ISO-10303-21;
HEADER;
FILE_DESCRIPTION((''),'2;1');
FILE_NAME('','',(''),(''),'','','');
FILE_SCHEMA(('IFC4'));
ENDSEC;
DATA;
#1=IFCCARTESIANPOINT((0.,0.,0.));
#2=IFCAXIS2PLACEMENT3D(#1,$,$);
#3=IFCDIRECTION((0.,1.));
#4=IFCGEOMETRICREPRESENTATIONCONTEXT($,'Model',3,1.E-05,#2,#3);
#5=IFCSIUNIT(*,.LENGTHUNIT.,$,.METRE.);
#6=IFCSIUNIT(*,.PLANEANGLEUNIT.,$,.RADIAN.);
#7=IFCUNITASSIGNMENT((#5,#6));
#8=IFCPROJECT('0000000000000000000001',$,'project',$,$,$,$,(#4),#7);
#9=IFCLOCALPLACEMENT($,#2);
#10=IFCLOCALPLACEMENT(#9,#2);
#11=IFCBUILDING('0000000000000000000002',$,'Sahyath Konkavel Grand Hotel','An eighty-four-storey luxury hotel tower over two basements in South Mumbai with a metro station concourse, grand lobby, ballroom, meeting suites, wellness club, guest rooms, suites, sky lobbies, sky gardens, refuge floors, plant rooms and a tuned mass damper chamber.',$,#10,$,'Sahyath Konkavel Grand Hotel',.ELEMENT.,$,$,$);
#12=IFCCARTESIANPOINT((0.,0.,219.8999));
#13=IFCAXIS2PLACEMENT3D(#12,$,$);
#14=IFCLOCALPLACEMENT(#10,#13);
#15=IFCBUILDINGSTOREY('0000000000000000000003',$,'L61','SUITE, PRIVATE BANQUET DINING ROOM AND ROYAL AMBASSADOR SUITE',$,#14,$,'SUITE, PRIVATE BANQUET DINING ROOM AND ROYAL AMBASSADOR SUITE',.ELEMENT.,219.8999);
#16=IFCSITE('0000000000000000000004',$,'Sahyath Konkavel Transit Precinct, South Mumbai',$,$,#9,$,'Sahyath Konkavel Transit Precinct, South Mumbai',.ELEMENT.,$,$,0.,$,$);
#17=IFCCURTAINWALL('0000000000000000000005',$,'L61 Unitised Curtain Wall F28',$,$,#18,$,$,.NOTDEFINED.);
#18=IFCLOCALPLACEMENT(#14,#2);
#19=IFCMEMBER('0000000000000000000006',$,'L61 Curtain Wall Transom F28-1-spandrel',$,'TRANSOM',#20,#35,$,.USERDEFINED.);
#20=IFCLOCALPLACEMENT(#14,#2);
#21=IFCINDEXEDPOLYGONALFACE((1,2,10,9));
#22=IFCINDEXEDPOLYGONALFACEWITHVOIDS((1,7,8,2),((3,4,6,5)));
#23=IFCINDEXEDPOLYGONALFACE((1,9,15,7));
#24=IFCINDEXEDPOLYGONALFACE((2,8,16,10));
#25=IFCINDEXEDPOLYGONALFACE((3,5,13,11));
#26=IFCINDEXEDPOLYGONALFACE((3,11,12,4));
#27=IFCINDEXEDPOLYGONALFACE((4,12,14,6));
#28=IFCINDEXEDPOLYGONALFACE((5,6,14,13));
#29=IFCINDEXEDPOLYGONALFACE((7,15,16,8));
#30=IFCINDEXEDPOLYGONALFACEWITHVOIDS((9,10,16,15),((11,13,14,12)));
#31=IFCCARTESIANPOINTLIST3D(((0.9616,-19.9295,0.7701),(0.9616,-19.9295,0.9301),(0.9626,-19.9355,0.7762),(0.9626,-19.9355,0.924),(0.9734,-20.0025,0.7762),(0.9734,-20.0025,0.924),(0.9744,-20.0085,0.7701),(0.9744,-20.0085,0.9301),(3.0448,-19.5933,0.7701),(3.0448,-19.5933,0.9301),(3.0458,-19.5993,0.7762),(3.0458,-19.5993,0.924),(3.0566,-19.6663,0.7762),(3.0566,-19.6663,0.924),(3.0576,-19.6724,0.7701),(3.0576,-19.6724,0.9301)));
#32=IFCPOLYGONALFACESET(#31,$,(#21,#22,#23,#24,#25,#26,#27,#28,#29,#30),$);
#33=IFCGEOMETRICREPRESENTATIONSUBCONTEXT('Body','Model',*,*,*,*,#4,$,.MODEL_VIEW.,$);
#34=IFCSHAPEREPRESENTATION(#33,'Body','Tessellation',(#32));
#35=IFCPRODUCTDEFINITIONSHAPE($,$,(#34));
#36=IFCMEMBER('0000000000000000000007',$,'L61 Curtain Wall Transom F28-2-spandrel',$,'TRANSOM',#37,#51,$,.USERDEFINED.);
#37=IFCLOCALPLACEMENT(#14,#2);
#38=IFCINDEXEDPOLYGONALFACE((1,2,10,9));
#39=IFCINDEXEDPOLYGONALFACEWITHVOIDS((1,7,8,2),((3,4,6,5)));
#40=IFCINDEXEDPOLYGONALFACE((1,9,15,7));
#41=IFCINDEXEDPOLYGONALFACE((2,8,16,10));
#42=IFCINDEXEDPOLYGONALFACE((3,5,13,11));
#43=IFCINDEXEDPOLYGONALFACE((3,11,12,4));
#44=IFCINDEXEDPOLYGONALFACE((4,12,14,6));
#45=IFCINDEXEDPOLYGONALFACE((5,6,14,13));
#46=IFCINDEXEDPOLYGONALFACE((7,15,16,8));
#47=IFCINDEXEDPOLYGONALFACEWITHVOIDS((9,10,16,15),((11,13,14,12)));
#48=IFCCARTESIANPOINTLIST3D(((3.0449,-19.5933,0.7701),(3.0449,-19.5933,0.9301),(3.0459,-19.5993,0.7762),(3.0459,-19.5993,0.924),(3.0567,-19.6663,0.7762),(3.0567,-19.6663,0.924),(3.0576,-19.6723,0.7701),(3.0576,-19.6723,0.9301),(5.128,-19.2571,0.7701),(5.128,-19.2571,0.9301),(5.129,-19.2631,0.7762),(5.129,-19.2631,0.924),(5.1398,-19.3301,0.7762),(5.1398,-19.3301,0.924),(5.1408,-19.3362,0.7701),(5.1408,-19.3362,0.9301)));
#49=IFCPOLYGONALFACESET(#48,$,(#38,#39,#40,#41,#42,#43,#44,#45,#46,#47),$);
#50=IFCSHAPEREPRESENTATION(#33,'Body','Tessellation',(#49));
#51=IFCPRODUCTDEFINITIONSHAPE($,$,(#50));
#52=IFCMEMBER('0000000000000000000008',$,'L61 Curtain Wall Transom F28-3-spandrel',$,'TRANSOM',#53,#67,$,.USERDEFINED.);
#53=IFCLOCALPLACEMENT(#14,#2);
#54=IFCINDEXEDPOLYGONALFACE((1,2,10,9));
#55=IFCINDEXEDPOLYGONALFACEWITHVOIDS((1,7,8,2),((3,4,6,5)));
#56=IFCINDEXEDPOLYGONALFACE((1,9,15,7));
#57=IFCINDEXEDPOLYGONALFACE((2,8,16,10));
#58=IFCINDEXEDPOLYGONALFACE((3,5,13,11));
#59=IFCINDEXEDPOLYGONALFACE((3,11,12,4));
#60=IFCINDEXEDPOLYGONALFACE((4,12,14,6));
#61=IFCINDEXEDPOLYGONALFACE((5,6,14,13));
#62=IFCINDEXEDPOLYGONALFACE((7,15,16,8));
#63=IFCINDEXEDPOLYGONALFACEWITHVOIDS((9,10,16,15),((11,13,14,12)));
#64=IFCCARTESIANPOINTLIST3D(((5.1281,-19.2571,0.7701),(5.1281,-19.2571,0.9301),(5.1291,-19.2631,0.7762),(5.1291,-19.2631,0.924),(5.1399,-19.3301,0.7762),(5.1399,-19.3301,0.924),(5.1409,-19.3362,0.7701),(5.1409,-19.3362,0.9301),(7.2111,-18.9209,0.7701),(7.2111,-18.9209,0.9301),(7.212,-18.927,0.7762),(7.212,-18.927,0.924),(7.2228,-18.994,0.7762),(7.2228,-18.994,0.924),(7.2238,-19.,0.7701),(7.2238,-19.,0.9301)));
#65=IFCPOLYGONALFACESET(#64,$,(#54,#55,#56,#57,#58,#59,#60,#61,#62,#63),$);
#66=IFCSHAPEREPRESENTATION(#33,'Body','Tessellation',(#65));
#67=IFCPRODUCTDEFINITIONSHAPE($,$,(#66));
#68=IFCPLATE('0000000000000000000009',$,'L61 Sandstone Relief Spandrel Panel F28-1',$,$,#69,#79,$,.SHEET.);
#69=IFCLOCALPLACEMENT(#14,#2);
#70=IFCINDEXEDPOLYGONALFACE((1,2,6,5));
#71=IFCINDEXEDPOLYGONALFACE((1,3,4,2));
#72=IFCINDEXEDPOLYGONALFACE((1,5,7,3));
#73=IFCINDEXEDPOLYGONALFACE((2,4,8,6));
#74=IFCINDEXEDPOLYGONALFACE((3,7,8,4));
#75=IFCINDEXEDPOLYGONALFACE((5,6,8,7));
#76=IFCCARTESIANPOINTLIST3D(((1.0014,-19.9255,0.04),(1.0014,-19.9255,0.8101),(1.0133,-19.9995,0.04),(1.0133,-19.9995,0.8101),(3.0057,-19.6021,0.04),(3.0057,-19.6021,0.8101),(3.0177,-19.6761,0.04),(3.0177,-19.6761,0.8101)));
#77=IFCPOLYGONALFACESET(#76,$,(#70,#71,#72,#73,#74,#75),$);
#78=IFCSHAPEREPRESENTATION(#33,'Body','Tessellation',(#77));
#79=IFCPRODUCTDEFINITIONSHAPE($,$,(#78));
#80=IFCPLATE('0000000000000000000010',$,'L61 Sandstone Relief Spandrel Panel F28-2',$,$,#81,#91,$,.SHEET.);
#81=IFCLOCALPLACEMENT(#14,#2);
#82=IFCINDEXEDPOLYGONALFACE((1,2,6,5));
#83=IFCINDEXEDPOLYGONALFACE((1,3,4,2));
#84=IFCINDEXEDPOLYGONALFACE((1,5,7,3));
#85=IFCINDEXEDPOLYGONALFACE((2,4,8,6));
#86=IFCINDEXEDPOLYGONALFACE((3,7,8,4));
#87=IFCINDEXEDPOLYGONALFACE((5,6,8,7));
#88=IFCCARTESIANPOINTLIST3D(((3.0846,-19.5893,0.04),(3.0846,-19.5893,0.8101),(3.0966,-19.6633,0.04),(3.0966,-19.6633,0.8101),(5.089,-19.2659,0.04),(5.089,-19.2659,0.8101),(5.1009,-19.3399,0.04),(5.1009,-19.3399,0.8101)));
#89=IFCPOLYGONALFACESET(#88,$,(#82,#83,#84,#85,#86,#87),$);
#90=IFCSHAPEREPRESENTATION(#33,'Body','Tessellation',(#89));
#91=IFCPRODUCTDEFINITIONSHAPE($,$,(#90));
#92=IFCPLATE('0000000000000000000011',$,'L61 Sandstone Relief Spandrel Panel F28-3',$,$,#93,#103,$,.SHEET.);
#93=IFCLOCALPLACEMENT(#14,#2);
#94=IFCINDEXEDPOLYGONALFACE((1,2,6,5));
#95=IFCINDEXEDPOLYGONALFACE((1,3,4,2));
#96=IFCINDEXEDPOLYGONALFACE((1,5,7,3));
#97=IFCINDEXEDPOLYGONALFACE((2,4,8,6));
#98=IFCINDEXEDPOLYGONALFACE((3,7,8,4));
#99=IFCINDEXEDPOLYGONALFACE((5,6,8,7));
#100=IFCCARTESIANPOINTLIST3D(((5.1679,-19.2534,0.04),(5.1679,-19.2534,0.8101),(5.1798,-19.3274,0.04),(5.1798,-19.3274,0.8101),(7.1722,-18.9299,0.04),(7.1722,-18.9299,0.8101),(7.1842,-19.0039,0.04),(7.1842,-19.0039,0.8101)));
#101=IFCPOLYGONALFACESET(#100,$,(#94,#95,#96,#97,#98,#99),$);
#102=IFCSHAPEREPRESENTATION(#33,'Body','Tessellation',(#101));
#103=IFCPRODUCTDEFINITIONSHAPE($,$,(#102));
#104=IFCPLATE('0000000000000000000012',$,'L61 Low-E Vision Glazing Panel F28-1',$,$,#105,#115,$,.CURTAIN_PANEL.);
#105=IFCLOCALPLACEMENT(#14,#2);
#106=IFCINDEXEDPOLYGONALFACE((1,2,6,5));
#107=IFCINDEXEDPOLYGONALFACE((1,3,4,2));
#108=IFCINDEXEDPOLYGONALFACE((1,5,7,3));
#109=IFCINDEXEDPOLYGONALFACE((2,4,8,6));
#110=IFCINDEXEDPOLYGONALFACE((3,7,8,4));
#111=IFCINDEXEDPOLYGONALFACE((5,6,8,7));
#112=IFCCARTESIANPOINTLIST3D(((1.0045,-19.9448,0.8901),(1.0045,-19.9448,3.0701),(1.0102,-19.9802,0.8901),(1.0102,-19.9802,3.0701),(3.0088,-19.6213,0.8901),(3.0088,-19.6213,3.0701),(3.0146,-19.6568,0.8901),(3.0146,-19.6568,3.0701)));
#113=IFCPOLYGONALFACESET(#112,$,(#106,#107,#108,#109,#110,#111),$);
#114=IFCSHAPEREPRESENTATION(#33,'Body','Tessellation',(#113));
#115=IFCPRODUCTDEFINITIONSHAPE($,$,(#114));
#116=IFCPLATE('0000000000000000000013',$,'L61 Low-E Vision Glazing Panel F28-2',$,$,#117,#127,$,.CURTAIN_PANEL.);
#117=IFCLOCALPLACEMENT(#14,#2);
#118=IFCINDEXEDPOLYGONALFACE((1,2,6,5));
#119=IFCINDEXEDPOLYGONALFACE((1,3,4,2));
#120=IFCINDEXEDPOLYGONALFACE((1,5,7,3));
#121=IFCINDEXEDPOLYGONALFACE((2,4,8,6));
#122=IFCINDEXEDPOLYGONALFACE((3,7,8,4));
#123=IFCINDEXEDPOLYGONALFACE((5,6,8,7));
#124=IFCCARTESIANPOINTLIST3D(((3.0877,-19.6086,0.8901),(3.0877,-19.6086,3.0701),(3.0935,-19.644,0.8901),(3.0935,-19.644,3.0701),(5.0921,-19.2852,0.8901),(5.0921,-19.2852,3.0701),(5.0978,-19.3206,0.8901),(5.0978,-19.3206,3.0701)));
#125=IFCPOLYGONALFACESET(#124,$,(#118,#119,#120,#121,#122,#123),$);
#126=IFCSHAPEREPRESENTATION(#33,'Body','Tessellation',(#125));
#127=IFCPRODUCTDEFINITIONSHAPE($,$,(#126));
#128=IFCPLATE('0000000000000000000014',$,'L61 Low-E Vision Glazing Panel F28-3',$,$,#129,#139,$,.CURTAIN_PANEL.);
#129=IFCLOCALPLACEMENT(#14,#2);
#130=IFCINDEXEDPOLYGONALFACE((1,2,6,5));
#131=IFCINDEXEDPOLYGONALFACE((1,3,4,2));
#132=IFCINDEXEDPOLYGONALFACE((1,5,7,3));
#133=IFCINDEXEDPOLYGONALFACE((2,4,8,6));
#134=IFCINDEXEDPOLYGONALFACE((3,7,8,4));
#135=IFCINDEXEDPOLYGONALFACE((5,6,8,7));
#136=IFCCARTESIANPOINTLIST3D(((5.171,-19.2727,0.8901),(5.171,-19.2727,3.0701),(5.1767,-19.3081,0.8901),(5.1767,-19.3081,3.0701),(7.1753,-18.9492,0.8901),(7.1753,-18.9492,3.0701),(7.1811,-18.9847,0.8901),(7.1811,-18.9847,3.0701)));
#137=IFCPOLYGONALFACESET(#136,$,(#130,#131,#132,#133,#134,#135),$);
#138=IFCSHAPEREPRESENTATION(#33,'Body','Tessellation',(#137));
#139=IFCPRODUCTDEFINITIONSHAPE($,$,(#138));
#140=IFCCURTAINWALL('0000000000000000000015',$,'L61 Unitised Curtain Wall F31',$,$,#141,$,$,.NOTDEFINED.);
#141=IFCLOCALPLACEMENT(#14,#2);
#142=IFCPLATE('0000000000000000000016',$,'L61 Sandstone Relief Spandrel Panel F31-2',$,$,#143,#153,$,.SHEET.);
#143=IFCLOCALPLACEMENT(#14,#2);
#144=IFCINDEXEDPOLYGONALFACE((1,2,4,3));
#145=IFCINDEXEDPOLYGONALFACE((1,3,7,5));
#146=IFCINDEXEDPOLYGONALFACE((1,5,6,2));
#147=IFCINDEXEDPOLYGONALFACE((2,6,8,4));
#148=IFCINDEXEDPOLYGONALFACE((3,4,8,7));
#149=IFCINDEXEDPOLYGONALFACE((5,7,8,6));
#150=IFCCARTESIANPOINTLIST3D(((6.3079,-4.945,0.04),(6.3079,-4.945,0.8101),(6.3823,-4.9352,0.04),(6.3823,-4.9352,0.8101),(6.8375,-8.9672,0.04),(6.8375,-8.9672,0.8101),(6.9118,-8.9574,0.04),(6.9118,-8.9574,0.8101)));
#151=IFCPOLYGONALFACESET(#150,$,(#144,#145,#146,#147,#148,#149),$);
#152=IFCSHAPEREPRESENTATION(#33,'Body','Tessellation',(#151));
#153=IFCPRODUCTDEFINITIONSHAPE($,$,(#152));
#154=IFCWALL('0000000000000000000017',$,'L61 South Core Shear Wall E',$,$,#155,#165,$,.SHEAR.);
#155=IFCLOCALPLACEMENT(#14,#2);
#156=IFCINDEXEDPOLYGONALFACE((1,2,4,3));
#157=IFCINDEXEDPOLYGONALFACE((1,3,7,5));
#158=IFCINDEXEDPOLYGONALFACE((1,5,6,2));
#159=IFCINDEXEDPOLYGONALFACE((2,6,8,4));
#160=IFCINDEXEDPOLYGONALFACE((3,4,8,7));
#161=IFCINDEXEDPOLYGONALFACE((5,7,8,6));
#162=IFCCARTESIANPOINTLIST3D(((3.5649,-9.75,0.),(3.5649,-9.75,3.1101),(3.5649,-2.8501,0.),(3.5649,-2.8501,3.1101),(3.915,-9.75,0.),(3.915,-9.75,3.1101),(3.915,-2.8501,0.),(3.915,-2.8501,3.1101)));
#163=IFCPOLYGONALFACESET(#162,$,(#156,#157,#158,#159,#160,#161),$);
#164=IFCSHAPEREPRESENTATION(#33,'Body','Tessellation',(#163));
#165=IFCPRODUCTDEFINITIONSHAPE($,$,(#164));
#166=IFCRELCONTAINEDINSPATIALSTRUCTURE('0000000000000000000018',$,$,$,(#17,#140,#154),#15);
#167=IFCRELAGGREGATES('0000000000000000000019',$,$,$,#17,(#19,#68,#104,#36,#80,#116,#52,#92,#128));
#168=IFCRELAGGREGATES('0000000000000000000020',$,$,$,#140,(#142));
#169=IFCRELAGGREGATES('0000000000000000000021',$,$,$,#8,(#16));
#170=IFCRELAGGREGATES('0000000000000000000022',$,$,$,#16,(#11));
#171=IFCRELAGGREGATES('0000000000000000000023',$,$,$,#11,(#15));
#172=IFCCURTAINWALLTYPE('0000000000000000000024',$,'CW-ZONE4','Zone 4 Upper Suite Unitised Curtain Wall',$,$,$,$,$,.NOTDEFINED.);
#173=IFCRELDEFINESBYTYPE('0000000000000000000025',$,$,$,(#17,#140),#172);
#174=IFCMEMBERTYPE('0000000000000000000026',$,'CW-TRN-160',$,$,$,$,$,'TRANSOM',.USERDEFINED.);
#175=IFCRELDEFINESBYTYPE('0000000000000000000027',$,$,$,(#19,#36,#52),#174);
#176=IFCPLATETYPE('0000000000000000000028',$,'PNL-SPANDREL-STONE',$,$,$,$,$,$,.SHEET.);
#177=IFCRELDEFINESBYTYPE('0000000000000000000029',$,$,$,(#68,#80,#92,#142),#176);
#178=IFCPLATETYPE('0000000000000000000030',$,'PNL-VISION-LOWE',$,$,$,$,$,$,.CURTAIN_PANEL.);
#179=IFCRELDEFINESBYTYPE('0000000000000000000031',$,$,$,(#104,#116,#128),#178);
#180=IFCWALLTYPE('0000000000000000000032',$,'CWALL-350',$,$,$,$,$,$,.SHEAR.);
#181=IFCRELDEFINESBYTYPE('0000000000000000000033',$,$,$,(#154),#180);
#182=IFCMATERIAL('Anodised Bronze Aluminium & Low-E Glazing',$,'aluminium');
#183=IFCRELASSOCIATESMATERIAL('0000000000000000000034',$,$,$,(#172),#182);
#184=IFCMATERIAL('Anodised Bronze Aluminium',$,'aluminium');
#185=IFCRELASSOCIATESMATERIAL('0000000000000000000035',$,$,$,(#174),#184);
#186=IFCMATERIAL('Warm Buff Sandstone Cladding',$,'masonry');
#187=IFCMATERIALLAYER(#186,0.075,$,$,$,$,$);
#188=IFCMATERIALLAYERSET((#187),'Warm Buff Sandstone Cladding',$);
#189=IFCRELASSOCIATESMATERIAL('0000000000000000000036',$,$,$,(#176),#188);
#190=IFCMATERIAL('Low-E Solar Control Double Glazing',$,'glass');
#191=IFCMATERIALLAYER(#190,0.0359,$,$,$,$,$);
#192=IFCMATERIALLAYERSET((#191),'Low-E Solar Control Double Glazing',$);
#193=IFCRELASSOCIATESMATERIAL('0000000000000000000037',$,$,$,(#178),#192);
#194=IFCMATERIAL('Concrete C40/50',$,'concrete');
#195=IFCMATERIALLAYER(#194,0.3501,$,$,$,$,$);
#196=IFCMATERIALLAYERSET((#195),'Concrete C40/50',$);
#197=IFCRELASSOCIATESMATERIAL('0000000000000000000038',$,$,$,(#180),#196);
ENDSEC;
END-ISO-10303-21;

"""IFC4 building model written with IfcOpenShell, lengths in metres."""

from ifc_helpers import new_model, si_unit, direction, frame, frame_2d, origin, origin_2d, place, context, subcontext, project, spatial, rectangle, hollow_rectangle, extrude, source, transform, mapped, material, layer, layer_set, material_profile, profile_set, type_object, element, aggregate, save


model = new_model("IFC4")

# Units and contexts
model_context = context("Model", 3, precision=1e-05, world=origin(), true_north=direction((0.0, 1.0)))
body_context = subcontext(model_context, "Body", "Model", "MODEL_VIEW")
ifc_project = project(units=[si_unit("LENGTHUNIT", "METRE"), si_unit("PLANEANGLEUNIT", "RADIAN")], contexts=[model_context])

# Site, building, storey
site_placement = place(None, origin())
site = spatial("IfcSite", under=ifc_project, at=site_placement, Name="Sahyath Konkavel Transit Precinct, South Mumbai", LongName="Sahyath Konkavel Transit Precinct, South Mumbai", CompositionType="ELEMENT", RefElevation=0.0)
building_placement = place(site_placement, origin())
building = spatial("IfcBuilding", under=site, at=building_placement, Name="Sahyath Konkavel Grand Hotel", Description="An eighty-four-storey luxury hotel tower over two basements in South Mumbai with a metro station concourse, grand lobby, ballroom, meeting suites, wellness club, guest rooms, suites, sky lobbies, sky gardens, refuge floors, plant rooms and a tuned mass damper chamber.", LongName="Sahyath Konkavel Grand Hotel", CompositionType="ELEMENT")
storey_placement = place(building_placement, frame((0.0, 0.0, 219.8999)))
storey = spatial("IfcBuildingStorey", under=building, at=storey_placement, Name="L61", Description="SUITE, PRIVATE BANQUET DINING ROOM AND ROYAL AMBASSADOR SUITE", LongName="SUITE, PRIVATE BANQUET DINING ROOM AND ROYAL AMBASSADOR SUITE", CompositionType="ELEMENT", Elevation=219.8999)

# Curtain wall
ifc_material_1 = material(Name="Anodised Bronze Aluminium & Low-E Glazing", Category="aluminium")
curtain_wall_type = type_object("IfcCurtainWallType", Name="CW-ZONE4", Description="Zone 4 Upper Suite Unitised Curtain Wall", PredefinedType="NOTDEFINED", material=ifc_material_1)
curtain_wall_1_placement = place(storey_placement, origin())
curtain_wall_1 = element("IfcCurtainWall", 1, at=curtain_wall_1_placement, inside=storey, type_object=curtain_wall_type, Name="L61 Unitised Curtain Wall F28", PredefinedType="NOTDEFINED")
ifc_material_2 = material(Name="Anodised Bronze Aluminium", Category="aluminium")

# Members
ifc_material_profile_1 = material_profile(ifc_material_2, hollow_rectangle(XDim=0.0801, YDim=0.1599, WallThickness=0.0061, at=origin_2d()), Name="RHS 160x80x6")
ifc_profile_set_1 = profile_set([ifc_material_profile_1], Name="Anodised Bronze Aluminium")
member_type_1 = type_object("IfcMemberType", Name="CW-TRN-160", ElementType="TRANSOM", PredefinedType="USERDEFINED", material=ifc_profile_set_1)
shared_shape_1 = source(origin(), body_context, "Body", "SweptSolid", [
    extrude(hollow_rectangle(XDim=0.0801, YDim=0.1599, WallThickness=0.0061, at=origin_2d()), origin(), (0.0, 0.0, 1.0), 2.1101),
])
member_1_placement = place(storey_placement, frame((0.968, -19.969, 0.8501), z_axis=(0.987228, 0.159312, 0.0), x_axis=(-0.159312, 0.987228, 0.0)))
member_1 = element("IfcMember", 2, at=member_1_placement, type_object=member_type_1, Name="L61 Curtain Wall Transom F28-1-spandrel", ObjectType="TRANSOM", PredefinedType="USERDEFINED", context=body_context, shape_type="MappedRepresentation", body=[
    mapped(shared_shape_1, transform((0.0, 0.0, 0.0), scale=1.0)),
])
member_2_placement = place(storey_placement, frame((3.0513, -19.6328, 0.8501), z_axis=(0.987228, 0.159312, 0.0), x_axis=(-0.159312, 0.987228, 0.0)))
member_2 = element("IfcMember", 3, at=member_2_placement, type_object=member_type_1, Name="L61 Curtain Wall Transom F28-2-spandrel", ObjectType="TRANSOM", PredefinedType="USERDEFINED", context=body_context, shape_type="MappedRepresentation", body=[
    mapped(shared_shape_1, transform((0.0, 0.0, 0.0), scale=1.0)),
])
shared_shape_2 = source(origin(), body_context, "Body", "SweptSolid", [
    extrude(hollow_rectangle(XDim=0.0801, YDim=0.1599, WallThickness=0.0061, at=origin_2d()), origin(), (0.0, 0.0, 1.0), 2.1099),
])
member_3_placement = place(storey_placement, frame((5.1345, -19.2966, 0.8501), z_axis=(0.987225, 0.159331, 0.0), x_axis=(-0.159331, 0.987225, 0.0)))
member_3 = element("IfcMember", 4, at=member_3_placement, type_object=member_type_1, Name="L61 Curtain Wall Transom F28-3-spandrel", ObjectType="TRANSOM", PredefinedType="USERDEFINED", context=body_context, shape_type="MappedRepresentation", body=[
    mapped(shared_shape_2, transform((0.0, 0.0, 0.0), scale=1.0)),
])

# Plates
ifc_material_3 = material(Name="Warm Buff Sandstone Cladding", Category="masonry")
ifc_layer_1 = layer(ifc_material_3, 0.075)
ifc_layer_set_1 = layer_set([ifc_layer_1], Name="Warm Buff Sandstone Cladding")
plate_type_1 = type_object("IfcPlateType", Name="PNL-SPANDREL-STONE", PredefinedType="SHEET", material=ifc_layer_set_1)
shared_shape_3 = source(origin(), body_context, "Body", "SweptSolid", [
    extrude(rectangle(XDim=2.0303, YDim=0.075, at=origin_2d()), origin(), (0.0, 0.0, 1.0), 0.77),
])
plate_1_placement = place(storey_placement, frame((2.0095, -19.8008, 0.04), z_axis=(0.0, 0.0, 1.0), x_axis=(0.987228, 0.159313, 0.0)))
plate_1 = element("IfcPlate", 5, at=plate_1_placement, type_object=plate_type_1, Name="L61 Sandstone Relief Spandrel Panel F28-1", PredefinedType="SHEET", context=body_context, shape_type="MappedRepresentation", body=[
    mapped(shared_shape_3, transform((0.0, 0.0, 0.0), scale=1.0)),
])
plate_2_placement = place(storey_placement, frame((4.0928, -19.4646, 0.04), z_axis=(0.0, 0.0, 1.0), x_axis=(0.987228, 0.159313, 0.0)))
plate_2 = element("IfcPlate", 6, at=plate_2_placement, type_object=plate_type_1, Name="L61 Sandstone Relief Spandrel Panel F28-2", PredefinedType="SHEET", context=body_context, shape_type="MappedRepresentation", body=[
    mapped(shared_shape_3, transform((0.0, 0.0, 0.0), scale=1.0)),
])
plate_3_placement = place(storey_placement, frame((6.176, -19.1287, 0.04), z_axis=(0.0, 0.0, 1.0), x_axis=(0.987228, 0.159313, 0.0)))
plate_3 = element("IfcPlate", 7, at=plate_3_placement, type_object=plate_type_1, Name="L61 Sandstone Relief Spandrel Panel F28-3", PredefinedType="SHEET", context=body_context, shape_type="MappedRepresentation", body=[
    mapped(shared_shape_3, transform((0.0, 0.0, 0.0), scale=1.0)),
])
ifc_material_4 = material(Name="Low-E Solar Control Double Glazing", Category="glass")
ifc_layer_2 = layer(ifc_material_4, 0.0359)
ifc_layer_set_2 = layer_set([ifc_layer_2], Name="Low-E Solar Control Double Glazing")
plate_type_2 = type_object("IfcPlateType", Name="PNL-VISION-LOWE", PredefinedType="CURTAIN_PANEL", material=ifc_layer_set_2)
shared_shape_4 = source(origin(), body_context, "Body", "SweptSolid", [
    extrude(rectangle(XDim=2.0303, YDim=0.0359, at=origin_2d()), origin(), (0.0, 0.0, 1.0), 2.1799),
])
plate_4_placement = place(storey_placement, frame((2.0095, -19.8008, 0.8901), z_axis=(0.0, 0.0, 1.0), x_axis=(0.987228, 0.159313, 0.0)))
plate_4 = element("IfcPlate", 8, at=plate_4_placement, type_object=plate_type_2, Name="L61 Low-E Vision Glazing Panel F28-1", PredefinedType="CURTAIN_PANEL", context=body_context, shape_type="MappedRepresentation", body=[
    mapped(shared_shape_4, transform((0.0, 0.0, 0.0), scale=1.0)),
])
plate_5_placement = place(storey_placement, frame((4.0928, -19.4646, 0.8901), z_axis=(0.0, 0.0, 1.0), x_axis=(0.987228, 0.159313, 0.0)))
plate_5 = element("IfcPlate", 9, at=plate_5_placement, type_object=plate_type_2, Name="L61 Low-E Vision Glazing Panel F28-2", PredefinedType="CURTAIN_PANEL", context=body_context, shape_type="MappedRepresentation", body=[
    mapped(shared_shape_4, transform((0.0, 0.0, 0.0), scale=1.0)),
])
plate_6_placement = place(storey_placement, frame((6.176, -19.1287, 0.8901), z_axis=(0.0, 0.0, 1.0), x_axis=(0.987228, 0.159313, 0.0)))
plate_6 = element("IfcPlate", 10, at=plate_6_placement, type_object=plate_type_2, Name="L61 Low-E Vision Glazing Panel F28-3", PredefinedType="CURTAIN_PANEL", context=body_context, shape_type="MappedRepresentation", body=[
    mapped(shared_shape_4, transform((0.0, 0.0, 0.0), scale=1.0)),
])
aggregate(curtain_wall_1, [member_1, plate_1, plate_4, member_2, plate_2, plate_5, member_3, plate_3, plate_6])

# Curtain wall, plate
curtain_wall_2_placement = place(storey_placement, origin())
curtain_wall_2 = element("IfcCurtainWall", 11, at=curtain_wall_2_placement, inside=storey, type_object=curtain_wall_type, Name="L61 Unitised Curtain Wall F31", PredefinedType="NOTDEFINED")
shared_shape_5 = source(origin(), body_context, "Body", "SweptSolid", [
    extrude(rectangle(XDim=4.0569, YDim=0.075, at=origin_2d()), origin(), (0.0, 0.0, 1.0), 0.77),
])
plate_7_placement = place(storey_placement, frame((6.6099, -6.9512, 0.04), z_axis=(0.0, 0.0, 1.0), x_axis=(-0.130526, 0.991445, 0.0)))
plate_7 = element("IfcPlate", 12, at=plate_7_placement, type_object=plate_type_1, Name="L61 Sandstone Relief Spandrel Panel F31-2", PredefinedType="SHEET", context=body_context, shape_type="MappedRepresentation", body=[
    mapped(shared_shape_5, transform((0.0, 0.0, 0.0), scale=1.0)),
])
aggregate(curtain_wall_2, [plate_7])

# Wall
ifc_material_5 = material(Name="Concrete C40/50", Category="concrete")
ifc_layer_3 = layer(ifc_material_5, 0.3501)
ifc_layer_set_3 = layer_set([ifc_layer_3], Name="Concrete C40/50")
wall_type_1 = type_object("IfcWallType", Name="CWALL-350", PredefinedType="SHEAR", material=ifc_layer_set_3)
wall_1_placement = place(storey_placement, frame((3.74, -9.75, 0.0), z_axis=(0.0, 0.0, 1.0), x_axis=(0.0, 1.0, 0.0)))
element("IfcWall", 13, at=wall_1_placement, inside=storey, type_object=wall_type_1, Name="L61 South Core Shear Wall E", PredefinedType="SHEAR", context=body_context, shape_type="SweptSolid", body=[
    extrude(rectangle(XDim=6.8999, YDim=0.3501, at=frame_2d((3.45, 0.0))), origin(), (0.0, 0.0, 1.0), 3.1101),
])

save(model, "model.ifc")
